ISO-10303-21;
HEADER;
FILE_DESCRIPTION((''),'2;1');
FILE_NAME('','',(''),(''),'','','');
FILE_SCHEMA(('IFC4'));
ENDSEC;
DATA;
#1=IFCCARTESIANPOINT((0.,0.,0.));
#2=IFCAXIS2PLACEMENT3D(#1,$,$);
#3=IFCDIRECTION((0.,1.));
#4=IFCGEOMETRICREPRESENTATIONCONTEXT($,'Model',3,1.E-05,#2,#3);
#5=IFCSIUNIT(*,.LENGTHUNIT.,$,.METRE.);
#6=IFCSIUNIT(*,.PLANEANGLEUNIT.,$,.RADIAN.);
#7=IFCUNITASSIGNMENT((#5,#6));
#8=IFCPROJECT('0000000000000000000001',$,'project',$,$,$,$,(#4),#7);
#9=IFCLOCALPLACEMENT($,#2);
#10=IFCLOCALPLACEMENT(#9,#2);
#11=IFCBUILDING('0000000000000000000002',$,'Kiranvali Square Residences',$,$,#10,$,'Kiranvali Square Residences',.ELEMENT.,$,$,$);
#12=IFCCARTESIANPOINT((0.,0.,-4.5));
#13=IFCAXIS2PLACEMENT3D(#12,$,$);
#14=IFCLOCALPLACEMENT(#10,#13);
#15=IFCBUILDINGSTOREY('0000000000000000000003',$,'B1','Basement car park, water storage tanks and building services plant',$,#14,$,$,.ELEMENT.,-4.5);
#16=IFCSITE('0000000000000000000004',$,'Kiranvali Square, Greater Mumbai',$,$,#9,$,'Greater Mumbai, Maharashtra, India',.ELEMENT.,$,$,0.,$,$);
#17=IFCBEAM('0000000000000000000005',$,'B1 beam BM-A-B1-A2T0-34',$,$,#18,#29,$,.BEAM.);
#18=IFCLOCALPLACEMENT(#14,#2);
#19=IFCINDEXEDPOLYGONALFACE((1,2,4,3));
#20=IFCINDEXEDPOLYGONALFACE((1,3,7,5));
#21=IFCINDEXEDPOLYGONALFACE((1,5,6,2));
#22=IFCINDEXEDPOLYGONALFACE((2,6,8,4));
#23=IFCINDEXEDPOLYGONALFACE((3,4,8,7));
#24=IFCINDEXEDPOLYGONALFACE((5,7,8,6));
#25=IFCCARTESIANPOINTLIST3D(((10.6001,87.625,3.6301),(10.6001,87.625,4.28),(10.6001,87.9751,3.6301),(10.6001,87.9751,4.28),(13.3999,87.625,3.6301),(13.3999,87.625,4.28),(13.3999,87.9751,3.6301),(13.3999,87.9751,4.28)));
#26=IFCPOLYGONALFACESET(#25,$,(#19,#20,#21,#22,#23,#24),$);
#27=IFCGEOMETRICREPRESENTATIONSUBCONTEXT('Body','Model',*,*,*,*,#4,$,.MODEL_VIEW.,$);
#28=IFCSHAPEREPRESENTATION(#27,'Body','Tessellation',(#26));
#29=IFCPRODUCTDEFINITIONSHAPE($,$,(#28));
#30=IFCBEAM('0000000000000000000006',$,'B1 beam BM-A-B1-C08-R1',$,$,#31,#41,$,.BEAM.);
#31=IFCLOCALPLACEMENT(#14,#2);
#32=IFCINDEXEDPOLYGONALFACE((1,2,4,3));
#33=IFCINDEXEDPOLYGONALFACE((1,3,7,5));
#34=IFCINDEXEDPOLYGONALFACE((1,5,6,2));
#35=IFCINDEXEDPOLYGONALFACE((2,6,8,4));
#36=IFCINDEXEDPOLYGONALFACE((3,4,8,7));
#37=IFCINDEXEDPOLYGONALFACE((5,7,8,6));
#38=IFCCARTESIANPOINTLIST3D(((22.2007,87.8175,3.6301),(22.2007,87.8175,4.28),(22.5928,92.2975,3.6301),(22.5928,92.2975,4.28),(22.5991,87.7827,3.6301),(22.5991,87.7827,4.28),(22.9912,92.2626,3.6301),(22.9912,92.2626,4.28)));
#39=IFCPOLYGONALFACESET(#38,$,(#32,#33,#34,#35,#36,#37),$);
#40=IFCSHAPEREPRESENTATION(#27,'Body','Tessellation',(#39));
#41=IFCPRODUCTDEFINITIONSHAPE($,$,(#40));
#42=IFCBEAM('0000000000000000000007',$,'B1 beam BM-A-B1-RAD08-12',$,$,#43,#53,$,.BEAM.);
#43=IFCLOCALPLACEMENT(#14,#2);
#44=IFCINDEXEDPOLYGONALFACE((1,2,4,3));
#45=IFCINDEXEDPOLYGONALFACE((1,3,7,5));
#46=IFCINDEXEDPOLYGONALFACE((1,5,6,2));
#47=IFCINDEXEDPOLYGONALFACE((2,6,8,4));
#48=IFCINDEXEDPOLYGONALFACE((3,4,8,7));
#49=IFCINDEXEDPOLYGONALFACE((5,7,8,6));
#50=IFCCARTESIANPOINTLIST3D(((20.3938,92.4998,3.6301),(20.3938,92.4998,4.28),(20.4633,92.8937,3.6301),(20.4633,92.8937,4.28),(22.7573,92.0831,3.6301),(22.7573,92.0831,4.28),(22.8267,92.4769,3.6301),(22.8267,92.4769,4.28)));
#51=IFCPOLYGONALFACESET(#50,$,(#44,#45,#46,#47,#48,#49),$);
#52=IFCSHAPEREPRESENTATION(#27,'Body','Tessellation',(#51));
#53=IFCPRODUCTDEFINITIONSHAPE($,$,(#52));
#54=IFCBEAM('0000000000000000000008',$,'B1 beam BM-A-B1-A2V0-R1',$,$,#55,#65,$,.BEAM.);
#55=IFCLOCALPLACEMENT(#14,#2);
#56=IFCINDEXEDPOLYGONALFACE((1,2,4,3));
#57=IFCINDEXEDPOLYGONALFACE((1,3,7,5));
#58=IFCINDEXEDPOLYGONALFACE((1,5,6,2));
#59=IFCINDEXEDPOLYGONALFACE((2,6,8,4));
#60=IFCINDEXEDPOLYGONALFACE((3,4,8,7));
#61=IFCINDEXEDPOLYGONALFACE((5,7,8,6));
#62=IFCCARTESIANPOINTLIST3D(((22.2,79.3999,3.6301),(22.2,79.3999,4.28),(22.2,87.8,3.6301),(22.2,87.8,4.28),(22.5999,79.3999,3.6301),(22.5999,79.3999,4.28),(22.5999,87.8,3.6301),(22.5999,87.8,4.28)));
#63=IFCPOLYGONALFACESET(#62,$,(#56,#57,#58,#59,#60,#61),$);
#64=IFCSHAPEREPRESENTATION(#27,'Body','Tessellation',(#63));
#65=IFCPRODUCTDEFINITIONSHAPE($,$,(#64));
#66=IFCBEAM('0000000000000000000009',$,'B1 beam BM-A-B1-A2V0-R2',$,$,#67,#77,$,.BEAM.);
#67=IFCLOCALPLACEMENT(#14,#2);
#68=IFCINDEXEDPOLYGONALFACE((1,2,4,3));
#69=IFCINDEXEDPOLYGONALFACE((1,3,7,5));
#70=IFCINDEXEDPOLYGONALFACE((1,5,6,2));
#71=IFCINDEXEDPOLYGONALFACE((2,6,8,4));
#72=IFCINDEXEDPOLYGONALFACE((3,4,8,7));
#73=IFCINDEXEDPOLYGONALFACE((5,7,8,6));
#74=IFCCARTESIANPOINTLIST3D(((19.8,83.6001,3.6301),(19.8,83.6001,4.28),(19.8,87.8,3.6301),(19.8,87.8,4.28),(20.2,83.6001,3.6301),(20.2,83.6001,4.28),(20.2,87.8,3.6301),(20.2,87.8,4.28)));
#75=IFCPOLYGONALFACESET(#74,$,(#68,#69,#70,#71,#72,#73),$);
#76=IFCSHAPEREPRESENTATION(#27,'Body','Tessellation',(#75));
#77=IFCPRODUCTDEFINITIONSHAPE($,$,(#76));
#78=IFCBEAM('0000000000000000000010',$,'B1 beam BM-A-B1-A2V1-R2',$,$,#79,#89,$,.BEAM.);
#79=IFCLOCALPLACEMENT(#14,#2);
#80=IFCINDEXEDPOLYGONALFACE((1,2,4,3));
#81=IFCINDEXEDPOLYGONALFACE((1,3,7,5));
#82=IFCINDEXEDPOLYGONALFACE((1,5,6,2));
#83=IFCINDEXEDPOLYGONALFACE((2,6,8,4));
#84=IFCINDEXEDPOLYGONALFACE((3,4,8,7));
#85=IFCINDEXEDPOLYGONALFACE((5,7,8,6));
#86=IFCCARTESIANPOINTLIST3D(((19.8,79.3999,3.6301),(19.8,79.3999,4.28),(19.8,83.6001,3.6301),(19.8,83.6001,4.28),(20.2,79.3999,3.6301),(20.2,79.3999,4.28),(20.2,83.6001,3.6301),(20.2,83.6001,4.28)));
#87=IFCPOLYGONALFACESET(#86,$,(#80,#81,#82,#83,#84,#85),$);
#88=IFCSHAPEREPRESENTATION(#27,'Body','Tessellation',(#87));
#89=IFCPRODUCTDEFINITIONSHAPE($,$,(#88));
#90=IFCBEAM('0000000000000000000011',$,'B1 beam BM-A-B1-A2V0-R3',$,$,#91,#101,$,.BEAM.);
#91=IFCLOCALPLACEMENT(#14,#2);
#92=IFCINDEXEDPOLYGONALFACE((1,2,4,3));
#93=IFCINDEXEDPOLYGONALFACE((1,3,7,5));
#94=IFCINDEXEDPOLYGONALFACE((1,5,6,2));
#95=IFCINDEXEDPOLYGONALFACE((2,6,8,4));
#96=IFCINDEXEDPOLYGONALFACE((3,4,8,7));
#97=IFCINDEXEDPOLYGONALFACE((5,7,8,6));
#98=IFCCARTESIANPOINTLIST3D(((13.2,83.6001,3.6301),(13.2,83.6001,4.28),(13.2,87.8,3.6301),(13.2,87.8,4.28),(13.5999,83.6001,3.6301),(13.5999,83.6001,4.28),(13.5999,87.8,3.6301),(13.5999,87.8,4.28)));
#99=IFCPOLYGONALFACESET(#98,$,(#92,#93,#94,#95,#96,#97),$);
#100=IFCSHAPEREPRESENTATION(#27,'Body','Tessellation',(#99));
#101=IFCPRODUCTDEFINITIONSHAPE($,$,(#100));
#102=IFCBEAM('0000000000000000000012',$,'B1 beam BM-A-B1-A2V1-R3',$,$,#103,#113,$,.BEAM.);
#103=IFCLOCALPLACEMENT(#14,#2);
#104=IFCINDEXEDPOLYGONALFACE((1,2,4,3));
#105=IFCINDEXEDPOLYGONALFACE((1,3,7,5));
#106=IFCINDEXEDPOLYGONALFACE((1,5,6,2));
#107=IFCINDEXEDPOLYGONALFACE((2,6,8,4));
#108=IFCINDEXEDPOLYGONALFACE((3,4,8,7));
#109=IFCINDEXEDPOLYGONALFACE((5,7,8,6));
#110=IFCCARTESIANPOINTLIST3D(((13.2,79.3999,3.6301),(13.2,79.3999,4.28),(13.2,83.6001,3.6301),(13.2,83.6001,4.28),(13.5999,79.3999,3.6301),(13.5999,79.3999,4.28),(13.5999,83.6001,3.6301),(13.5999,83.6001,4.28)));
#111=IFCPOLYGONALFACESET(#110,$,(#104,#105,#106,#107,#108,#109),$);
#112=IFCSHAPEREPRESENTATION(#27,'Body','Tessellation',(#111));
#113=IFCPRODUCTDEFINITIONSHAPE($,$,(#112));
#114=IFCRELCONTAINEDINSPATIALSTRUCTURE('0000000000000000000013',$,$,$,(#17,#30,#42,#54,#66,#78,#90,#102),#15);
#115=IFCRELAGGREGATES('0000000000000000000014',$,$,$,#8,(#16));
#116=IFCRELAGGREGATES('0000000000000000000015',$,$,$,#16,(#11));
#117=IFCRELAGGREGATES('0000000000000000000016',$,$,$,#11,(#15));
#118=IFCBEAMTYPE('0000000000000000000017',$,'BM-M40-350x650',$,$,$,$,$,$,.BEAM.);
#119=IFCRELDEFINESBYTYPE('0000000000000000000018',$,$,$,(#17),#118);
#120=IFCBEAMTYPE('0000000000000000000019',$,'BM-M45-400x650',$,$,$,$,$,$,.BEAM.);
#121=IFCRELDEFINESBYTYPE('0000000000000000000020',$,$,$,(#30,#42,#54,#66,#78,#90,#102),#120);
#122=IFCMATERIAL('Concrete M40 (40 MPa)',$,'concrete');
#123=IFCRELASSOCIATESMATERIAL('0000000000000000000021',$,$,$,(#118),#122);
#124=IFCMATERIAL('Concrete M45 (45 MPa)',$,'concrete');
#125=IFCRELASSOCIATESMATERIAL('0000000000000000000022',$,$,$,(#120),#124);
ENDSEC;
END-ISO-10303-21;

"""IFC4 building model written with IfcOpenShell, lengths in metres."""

from ifc_helpers import new_model, si_unit, direction, frame, origin, origin_2d, place, context, subcontext, project, spatial, rectangle, extrude, material, material_profile, profile_set, type_object, element, save


model = new_model("IFC4")

# Units and contexts
model_context = context("Model", 3, precision=1e-05, world=origin(), true_north=direction((0.0, 1.0)))
body_context = subcontext(model_context, "Body", "Model", "MODEL_VIEW")
ifc_project = project(units=[si_unit("LENGTHUNIT", "METRE"), si_unit("PLANEANGLEUNIT", "RADIAN")], contexts=[model_context])

# Site, building, storey
site_placement = place(None, origin())
site = spatial("IfcSite", under=ifc_project, at=site_placement, Name="Kiranvali Square, Greater Mumbai", LongName="Greater Mumbai, Maharashtra, India", CompositionType="ELEMENT", RefElevation=0.0)
building_placement = place(site_placement, origin())
building = spatial("IfcBuilding", under=site, at=building_placement, Name="Kiranvali Square Residences", LongName="Kiranvali Square Residences", CompositionType="ELEMENT")
storey_placement = place(building_placement, frame((0.0, 0.0, -4.5)))
storey = spatial("IfcBuildingStorey", under=building, at=storey_placement, Name="B1", Description="Basement car park, water storage tanks and building services plant", CompositionType="ELEMENT", Elevation=-4.5)

# Shared definitions
ifc_material_1 = material(Name="Concrete M40 (40 MPa)", Category="concrete")

# Shared definitions
ifc_material_2 = material(Name="Concrete M45 (45 MPa)", Category="concrete")

# Beams
ifc_material_profile_1 = material_profile(ifc_material_1, rectangle(XDim=0.3501, YDim=0.6499, at=origin_2d()), Name="RC 350x650")
ifc_profile_set_1 = profile_set([ifc_material_profile_1], Name="Concrete M40 (40 MPa)")
beam_type_1 = type_object("IfcBeamType", Name="BM-M40-350x650", PredefinedType="BEAM", material=ifc_profile_set_1)
beam_1_placement = place(storey_placement, frame((13.3999, 87.8, 3.9551), z_axis=(-1.0, 0.0, 0.0), x_axis=(0.0, -1.0, 0.0)))
element("IfcBeam", 1, at=beam_1_placement, inside=storey, type_object=beam_type_1, Name="B1 beam BM-A-B1-A2T0-34", PredefinedType="BEAM", context=body_context, shape_type="SweptSolid", body=[
    extrude(rectangle(XDim=0.3501, YDim=0.6499, at=origin_2d()), origin(), (0.0, 0.0, 1.0), 2.7998),
])
ifc_material_profile_2 = material_profile(ifc_material_2, rectangle(XDim=0.3999, YDim=0.6499, at=origin_2d()), Name="RC 400x650")
ifc_profile_set_2 = profile_set([ifc_material_profile_2], Name="Concrete M45 (45 MPa)")
beam_type_2 = type_object("IfcBeamType", Name="BM-M45-400x650", PredefinedType="BEAM", material=ifc_profile_set_2)
beam_2_placement = place(storey_placement, frame((22.792, 92.28, 3.9551), z_axis=(-0.087187, -0.996192, 0.0), x_axis=(0.996192, -0.087187, 0.0)))
element("IfcBeam", 2, at=beam_2_placement, inside=storey, type_object=beam_type_2, Name="B1 beam BM-A-B1-C08-R1", PredefinedType="BEAM", context=body_context, shape_type="SweptSolid", body=[
    extrude(rectangle(XDim=0.3999, YDim=0.6499, at=origin_2d()), origin(), (0.0, 0.0, 1.0), 4.4971),
])
beam_3_placement = place(storey_placement, frame((22.792, 92.28, 3.9551), z_axis=(-0.984808, 0.173646, 0.0), x_axis=(-0.173646, -0.984808, 0.0)))
element("IfcBeam", 3, at=beam_3_placement, inside=storey, type_object=beam_type_2, Name="B1 beam BM-A-B1-RAD08-12", PredefinedType="BEAM", context=body_context, shape_type="SweptSolid", body=[
    extrude(rectangle(XDim=0.3999, YDim=0.6499, at=origin_2d()), origin(), (0.0, 0.0, 1.0), 2.3999),
])
beam_4_placement = place(storey_placement, frame((22.3999, 87.8, 3.9551), z_axis=(0.0, -1.0, 0.0), x_axis=(1.0, 0.0, 0.0)))
element("IfcBeam", 4, at=beam_4_placement, inside=storey, type_object=beam_type_2, Name="B1 beam BM-A-B1-A2V0-R1", PredefinedType="BEAM", context=body_context, shape_type="SweptSolid", body=[
    extrude(rectangle(XDim=0.3999, YDim=0.6499, at=origin_2d()), origin(), (0.0, 0.0, 1.0), 8.4001),
])
beam_5_placement = place(storey_placement, frame((20.0, 87.8, 3.9551), z_axis=(0.0, -1.0, 0.0), x_axis=(1.0, 0.0, 0.0)))
element("IfcBeam", 5, at=beam_5_placement, inside=storey, type_object=beam_type_2, Name="B1 beam BM-A-B1-A2V0-R2", PredefinedType="BEAM", context=body_context, shape_type="SweptSolid", body=[
    extrude(rectangle(XDim=0.3999, YDim=0.6499, at=origin_2d()), origin(), (0.0, 0.0, 1.0), 4.2),
])
beam_6_placement = place(storey_placement, frame((20.0, 83.6001, 3.9551), z_axis=(0.0, -1.0, 0.0), x_axis=(1.0, 0.0, 0.0)))
element("IfcBeam", 6, at=beam_6_placement, inside=storey, type_object=beam_type_2, Name="B1 beam BM-A-B1-A2V1-R2", PredefinedType="BEAM", context=body_context, shape_type="SweptSolid", body=[
    extrude(rectangle(XDim=0.3999, YDim=0.6499, at=origin_2d()), origin(), (0.0, 0.0, 1.0), 4.2002),
])
beam_7_placement = place(storey_placement, frame((13.3999, 87.8, 3.9551), z_axis=(0.0, -1.0, 0.0), x_axis=(1.0, 0.0, 0.0)))
element("IfcBeam", 7, at=beam_7_placement, inside=storey, type_object=beam_type_2, Name="B1 beam BM-A-B1-A2V0-R3", PredefinedType="BEAM", context=body_context, shape_type="SweptSolid", body=[
    extrude(rectangle(XDim=0.3999, YDim=0.6499, at=origin_2d()), origin(), (0.0, 0.0, 1.0), 4.2),
])
beam_8_placement = place(storey_placement, frame((13.3999, 83.6001, 3.9551), z_axis=(0.0, -1.0, 0.0), x_axis=(1.0, 0.0, 0.0)))
element("IfcBeam", 8, at=beam_8_placement, inside=storey, type_object=beam_type_2, Name="B1 beam BM-A-B1-A2V1-R3", PredefinedType="BEAM", context=body_context, shape_type="SweptSolid", body=[
    extrude(rectangle(XDim=0.3999, YDim=0.6499, at=origin_2d()), origin(), (0.0, 0.0, 1.0), 4.2002),
])

save(model, "model.ifc")
